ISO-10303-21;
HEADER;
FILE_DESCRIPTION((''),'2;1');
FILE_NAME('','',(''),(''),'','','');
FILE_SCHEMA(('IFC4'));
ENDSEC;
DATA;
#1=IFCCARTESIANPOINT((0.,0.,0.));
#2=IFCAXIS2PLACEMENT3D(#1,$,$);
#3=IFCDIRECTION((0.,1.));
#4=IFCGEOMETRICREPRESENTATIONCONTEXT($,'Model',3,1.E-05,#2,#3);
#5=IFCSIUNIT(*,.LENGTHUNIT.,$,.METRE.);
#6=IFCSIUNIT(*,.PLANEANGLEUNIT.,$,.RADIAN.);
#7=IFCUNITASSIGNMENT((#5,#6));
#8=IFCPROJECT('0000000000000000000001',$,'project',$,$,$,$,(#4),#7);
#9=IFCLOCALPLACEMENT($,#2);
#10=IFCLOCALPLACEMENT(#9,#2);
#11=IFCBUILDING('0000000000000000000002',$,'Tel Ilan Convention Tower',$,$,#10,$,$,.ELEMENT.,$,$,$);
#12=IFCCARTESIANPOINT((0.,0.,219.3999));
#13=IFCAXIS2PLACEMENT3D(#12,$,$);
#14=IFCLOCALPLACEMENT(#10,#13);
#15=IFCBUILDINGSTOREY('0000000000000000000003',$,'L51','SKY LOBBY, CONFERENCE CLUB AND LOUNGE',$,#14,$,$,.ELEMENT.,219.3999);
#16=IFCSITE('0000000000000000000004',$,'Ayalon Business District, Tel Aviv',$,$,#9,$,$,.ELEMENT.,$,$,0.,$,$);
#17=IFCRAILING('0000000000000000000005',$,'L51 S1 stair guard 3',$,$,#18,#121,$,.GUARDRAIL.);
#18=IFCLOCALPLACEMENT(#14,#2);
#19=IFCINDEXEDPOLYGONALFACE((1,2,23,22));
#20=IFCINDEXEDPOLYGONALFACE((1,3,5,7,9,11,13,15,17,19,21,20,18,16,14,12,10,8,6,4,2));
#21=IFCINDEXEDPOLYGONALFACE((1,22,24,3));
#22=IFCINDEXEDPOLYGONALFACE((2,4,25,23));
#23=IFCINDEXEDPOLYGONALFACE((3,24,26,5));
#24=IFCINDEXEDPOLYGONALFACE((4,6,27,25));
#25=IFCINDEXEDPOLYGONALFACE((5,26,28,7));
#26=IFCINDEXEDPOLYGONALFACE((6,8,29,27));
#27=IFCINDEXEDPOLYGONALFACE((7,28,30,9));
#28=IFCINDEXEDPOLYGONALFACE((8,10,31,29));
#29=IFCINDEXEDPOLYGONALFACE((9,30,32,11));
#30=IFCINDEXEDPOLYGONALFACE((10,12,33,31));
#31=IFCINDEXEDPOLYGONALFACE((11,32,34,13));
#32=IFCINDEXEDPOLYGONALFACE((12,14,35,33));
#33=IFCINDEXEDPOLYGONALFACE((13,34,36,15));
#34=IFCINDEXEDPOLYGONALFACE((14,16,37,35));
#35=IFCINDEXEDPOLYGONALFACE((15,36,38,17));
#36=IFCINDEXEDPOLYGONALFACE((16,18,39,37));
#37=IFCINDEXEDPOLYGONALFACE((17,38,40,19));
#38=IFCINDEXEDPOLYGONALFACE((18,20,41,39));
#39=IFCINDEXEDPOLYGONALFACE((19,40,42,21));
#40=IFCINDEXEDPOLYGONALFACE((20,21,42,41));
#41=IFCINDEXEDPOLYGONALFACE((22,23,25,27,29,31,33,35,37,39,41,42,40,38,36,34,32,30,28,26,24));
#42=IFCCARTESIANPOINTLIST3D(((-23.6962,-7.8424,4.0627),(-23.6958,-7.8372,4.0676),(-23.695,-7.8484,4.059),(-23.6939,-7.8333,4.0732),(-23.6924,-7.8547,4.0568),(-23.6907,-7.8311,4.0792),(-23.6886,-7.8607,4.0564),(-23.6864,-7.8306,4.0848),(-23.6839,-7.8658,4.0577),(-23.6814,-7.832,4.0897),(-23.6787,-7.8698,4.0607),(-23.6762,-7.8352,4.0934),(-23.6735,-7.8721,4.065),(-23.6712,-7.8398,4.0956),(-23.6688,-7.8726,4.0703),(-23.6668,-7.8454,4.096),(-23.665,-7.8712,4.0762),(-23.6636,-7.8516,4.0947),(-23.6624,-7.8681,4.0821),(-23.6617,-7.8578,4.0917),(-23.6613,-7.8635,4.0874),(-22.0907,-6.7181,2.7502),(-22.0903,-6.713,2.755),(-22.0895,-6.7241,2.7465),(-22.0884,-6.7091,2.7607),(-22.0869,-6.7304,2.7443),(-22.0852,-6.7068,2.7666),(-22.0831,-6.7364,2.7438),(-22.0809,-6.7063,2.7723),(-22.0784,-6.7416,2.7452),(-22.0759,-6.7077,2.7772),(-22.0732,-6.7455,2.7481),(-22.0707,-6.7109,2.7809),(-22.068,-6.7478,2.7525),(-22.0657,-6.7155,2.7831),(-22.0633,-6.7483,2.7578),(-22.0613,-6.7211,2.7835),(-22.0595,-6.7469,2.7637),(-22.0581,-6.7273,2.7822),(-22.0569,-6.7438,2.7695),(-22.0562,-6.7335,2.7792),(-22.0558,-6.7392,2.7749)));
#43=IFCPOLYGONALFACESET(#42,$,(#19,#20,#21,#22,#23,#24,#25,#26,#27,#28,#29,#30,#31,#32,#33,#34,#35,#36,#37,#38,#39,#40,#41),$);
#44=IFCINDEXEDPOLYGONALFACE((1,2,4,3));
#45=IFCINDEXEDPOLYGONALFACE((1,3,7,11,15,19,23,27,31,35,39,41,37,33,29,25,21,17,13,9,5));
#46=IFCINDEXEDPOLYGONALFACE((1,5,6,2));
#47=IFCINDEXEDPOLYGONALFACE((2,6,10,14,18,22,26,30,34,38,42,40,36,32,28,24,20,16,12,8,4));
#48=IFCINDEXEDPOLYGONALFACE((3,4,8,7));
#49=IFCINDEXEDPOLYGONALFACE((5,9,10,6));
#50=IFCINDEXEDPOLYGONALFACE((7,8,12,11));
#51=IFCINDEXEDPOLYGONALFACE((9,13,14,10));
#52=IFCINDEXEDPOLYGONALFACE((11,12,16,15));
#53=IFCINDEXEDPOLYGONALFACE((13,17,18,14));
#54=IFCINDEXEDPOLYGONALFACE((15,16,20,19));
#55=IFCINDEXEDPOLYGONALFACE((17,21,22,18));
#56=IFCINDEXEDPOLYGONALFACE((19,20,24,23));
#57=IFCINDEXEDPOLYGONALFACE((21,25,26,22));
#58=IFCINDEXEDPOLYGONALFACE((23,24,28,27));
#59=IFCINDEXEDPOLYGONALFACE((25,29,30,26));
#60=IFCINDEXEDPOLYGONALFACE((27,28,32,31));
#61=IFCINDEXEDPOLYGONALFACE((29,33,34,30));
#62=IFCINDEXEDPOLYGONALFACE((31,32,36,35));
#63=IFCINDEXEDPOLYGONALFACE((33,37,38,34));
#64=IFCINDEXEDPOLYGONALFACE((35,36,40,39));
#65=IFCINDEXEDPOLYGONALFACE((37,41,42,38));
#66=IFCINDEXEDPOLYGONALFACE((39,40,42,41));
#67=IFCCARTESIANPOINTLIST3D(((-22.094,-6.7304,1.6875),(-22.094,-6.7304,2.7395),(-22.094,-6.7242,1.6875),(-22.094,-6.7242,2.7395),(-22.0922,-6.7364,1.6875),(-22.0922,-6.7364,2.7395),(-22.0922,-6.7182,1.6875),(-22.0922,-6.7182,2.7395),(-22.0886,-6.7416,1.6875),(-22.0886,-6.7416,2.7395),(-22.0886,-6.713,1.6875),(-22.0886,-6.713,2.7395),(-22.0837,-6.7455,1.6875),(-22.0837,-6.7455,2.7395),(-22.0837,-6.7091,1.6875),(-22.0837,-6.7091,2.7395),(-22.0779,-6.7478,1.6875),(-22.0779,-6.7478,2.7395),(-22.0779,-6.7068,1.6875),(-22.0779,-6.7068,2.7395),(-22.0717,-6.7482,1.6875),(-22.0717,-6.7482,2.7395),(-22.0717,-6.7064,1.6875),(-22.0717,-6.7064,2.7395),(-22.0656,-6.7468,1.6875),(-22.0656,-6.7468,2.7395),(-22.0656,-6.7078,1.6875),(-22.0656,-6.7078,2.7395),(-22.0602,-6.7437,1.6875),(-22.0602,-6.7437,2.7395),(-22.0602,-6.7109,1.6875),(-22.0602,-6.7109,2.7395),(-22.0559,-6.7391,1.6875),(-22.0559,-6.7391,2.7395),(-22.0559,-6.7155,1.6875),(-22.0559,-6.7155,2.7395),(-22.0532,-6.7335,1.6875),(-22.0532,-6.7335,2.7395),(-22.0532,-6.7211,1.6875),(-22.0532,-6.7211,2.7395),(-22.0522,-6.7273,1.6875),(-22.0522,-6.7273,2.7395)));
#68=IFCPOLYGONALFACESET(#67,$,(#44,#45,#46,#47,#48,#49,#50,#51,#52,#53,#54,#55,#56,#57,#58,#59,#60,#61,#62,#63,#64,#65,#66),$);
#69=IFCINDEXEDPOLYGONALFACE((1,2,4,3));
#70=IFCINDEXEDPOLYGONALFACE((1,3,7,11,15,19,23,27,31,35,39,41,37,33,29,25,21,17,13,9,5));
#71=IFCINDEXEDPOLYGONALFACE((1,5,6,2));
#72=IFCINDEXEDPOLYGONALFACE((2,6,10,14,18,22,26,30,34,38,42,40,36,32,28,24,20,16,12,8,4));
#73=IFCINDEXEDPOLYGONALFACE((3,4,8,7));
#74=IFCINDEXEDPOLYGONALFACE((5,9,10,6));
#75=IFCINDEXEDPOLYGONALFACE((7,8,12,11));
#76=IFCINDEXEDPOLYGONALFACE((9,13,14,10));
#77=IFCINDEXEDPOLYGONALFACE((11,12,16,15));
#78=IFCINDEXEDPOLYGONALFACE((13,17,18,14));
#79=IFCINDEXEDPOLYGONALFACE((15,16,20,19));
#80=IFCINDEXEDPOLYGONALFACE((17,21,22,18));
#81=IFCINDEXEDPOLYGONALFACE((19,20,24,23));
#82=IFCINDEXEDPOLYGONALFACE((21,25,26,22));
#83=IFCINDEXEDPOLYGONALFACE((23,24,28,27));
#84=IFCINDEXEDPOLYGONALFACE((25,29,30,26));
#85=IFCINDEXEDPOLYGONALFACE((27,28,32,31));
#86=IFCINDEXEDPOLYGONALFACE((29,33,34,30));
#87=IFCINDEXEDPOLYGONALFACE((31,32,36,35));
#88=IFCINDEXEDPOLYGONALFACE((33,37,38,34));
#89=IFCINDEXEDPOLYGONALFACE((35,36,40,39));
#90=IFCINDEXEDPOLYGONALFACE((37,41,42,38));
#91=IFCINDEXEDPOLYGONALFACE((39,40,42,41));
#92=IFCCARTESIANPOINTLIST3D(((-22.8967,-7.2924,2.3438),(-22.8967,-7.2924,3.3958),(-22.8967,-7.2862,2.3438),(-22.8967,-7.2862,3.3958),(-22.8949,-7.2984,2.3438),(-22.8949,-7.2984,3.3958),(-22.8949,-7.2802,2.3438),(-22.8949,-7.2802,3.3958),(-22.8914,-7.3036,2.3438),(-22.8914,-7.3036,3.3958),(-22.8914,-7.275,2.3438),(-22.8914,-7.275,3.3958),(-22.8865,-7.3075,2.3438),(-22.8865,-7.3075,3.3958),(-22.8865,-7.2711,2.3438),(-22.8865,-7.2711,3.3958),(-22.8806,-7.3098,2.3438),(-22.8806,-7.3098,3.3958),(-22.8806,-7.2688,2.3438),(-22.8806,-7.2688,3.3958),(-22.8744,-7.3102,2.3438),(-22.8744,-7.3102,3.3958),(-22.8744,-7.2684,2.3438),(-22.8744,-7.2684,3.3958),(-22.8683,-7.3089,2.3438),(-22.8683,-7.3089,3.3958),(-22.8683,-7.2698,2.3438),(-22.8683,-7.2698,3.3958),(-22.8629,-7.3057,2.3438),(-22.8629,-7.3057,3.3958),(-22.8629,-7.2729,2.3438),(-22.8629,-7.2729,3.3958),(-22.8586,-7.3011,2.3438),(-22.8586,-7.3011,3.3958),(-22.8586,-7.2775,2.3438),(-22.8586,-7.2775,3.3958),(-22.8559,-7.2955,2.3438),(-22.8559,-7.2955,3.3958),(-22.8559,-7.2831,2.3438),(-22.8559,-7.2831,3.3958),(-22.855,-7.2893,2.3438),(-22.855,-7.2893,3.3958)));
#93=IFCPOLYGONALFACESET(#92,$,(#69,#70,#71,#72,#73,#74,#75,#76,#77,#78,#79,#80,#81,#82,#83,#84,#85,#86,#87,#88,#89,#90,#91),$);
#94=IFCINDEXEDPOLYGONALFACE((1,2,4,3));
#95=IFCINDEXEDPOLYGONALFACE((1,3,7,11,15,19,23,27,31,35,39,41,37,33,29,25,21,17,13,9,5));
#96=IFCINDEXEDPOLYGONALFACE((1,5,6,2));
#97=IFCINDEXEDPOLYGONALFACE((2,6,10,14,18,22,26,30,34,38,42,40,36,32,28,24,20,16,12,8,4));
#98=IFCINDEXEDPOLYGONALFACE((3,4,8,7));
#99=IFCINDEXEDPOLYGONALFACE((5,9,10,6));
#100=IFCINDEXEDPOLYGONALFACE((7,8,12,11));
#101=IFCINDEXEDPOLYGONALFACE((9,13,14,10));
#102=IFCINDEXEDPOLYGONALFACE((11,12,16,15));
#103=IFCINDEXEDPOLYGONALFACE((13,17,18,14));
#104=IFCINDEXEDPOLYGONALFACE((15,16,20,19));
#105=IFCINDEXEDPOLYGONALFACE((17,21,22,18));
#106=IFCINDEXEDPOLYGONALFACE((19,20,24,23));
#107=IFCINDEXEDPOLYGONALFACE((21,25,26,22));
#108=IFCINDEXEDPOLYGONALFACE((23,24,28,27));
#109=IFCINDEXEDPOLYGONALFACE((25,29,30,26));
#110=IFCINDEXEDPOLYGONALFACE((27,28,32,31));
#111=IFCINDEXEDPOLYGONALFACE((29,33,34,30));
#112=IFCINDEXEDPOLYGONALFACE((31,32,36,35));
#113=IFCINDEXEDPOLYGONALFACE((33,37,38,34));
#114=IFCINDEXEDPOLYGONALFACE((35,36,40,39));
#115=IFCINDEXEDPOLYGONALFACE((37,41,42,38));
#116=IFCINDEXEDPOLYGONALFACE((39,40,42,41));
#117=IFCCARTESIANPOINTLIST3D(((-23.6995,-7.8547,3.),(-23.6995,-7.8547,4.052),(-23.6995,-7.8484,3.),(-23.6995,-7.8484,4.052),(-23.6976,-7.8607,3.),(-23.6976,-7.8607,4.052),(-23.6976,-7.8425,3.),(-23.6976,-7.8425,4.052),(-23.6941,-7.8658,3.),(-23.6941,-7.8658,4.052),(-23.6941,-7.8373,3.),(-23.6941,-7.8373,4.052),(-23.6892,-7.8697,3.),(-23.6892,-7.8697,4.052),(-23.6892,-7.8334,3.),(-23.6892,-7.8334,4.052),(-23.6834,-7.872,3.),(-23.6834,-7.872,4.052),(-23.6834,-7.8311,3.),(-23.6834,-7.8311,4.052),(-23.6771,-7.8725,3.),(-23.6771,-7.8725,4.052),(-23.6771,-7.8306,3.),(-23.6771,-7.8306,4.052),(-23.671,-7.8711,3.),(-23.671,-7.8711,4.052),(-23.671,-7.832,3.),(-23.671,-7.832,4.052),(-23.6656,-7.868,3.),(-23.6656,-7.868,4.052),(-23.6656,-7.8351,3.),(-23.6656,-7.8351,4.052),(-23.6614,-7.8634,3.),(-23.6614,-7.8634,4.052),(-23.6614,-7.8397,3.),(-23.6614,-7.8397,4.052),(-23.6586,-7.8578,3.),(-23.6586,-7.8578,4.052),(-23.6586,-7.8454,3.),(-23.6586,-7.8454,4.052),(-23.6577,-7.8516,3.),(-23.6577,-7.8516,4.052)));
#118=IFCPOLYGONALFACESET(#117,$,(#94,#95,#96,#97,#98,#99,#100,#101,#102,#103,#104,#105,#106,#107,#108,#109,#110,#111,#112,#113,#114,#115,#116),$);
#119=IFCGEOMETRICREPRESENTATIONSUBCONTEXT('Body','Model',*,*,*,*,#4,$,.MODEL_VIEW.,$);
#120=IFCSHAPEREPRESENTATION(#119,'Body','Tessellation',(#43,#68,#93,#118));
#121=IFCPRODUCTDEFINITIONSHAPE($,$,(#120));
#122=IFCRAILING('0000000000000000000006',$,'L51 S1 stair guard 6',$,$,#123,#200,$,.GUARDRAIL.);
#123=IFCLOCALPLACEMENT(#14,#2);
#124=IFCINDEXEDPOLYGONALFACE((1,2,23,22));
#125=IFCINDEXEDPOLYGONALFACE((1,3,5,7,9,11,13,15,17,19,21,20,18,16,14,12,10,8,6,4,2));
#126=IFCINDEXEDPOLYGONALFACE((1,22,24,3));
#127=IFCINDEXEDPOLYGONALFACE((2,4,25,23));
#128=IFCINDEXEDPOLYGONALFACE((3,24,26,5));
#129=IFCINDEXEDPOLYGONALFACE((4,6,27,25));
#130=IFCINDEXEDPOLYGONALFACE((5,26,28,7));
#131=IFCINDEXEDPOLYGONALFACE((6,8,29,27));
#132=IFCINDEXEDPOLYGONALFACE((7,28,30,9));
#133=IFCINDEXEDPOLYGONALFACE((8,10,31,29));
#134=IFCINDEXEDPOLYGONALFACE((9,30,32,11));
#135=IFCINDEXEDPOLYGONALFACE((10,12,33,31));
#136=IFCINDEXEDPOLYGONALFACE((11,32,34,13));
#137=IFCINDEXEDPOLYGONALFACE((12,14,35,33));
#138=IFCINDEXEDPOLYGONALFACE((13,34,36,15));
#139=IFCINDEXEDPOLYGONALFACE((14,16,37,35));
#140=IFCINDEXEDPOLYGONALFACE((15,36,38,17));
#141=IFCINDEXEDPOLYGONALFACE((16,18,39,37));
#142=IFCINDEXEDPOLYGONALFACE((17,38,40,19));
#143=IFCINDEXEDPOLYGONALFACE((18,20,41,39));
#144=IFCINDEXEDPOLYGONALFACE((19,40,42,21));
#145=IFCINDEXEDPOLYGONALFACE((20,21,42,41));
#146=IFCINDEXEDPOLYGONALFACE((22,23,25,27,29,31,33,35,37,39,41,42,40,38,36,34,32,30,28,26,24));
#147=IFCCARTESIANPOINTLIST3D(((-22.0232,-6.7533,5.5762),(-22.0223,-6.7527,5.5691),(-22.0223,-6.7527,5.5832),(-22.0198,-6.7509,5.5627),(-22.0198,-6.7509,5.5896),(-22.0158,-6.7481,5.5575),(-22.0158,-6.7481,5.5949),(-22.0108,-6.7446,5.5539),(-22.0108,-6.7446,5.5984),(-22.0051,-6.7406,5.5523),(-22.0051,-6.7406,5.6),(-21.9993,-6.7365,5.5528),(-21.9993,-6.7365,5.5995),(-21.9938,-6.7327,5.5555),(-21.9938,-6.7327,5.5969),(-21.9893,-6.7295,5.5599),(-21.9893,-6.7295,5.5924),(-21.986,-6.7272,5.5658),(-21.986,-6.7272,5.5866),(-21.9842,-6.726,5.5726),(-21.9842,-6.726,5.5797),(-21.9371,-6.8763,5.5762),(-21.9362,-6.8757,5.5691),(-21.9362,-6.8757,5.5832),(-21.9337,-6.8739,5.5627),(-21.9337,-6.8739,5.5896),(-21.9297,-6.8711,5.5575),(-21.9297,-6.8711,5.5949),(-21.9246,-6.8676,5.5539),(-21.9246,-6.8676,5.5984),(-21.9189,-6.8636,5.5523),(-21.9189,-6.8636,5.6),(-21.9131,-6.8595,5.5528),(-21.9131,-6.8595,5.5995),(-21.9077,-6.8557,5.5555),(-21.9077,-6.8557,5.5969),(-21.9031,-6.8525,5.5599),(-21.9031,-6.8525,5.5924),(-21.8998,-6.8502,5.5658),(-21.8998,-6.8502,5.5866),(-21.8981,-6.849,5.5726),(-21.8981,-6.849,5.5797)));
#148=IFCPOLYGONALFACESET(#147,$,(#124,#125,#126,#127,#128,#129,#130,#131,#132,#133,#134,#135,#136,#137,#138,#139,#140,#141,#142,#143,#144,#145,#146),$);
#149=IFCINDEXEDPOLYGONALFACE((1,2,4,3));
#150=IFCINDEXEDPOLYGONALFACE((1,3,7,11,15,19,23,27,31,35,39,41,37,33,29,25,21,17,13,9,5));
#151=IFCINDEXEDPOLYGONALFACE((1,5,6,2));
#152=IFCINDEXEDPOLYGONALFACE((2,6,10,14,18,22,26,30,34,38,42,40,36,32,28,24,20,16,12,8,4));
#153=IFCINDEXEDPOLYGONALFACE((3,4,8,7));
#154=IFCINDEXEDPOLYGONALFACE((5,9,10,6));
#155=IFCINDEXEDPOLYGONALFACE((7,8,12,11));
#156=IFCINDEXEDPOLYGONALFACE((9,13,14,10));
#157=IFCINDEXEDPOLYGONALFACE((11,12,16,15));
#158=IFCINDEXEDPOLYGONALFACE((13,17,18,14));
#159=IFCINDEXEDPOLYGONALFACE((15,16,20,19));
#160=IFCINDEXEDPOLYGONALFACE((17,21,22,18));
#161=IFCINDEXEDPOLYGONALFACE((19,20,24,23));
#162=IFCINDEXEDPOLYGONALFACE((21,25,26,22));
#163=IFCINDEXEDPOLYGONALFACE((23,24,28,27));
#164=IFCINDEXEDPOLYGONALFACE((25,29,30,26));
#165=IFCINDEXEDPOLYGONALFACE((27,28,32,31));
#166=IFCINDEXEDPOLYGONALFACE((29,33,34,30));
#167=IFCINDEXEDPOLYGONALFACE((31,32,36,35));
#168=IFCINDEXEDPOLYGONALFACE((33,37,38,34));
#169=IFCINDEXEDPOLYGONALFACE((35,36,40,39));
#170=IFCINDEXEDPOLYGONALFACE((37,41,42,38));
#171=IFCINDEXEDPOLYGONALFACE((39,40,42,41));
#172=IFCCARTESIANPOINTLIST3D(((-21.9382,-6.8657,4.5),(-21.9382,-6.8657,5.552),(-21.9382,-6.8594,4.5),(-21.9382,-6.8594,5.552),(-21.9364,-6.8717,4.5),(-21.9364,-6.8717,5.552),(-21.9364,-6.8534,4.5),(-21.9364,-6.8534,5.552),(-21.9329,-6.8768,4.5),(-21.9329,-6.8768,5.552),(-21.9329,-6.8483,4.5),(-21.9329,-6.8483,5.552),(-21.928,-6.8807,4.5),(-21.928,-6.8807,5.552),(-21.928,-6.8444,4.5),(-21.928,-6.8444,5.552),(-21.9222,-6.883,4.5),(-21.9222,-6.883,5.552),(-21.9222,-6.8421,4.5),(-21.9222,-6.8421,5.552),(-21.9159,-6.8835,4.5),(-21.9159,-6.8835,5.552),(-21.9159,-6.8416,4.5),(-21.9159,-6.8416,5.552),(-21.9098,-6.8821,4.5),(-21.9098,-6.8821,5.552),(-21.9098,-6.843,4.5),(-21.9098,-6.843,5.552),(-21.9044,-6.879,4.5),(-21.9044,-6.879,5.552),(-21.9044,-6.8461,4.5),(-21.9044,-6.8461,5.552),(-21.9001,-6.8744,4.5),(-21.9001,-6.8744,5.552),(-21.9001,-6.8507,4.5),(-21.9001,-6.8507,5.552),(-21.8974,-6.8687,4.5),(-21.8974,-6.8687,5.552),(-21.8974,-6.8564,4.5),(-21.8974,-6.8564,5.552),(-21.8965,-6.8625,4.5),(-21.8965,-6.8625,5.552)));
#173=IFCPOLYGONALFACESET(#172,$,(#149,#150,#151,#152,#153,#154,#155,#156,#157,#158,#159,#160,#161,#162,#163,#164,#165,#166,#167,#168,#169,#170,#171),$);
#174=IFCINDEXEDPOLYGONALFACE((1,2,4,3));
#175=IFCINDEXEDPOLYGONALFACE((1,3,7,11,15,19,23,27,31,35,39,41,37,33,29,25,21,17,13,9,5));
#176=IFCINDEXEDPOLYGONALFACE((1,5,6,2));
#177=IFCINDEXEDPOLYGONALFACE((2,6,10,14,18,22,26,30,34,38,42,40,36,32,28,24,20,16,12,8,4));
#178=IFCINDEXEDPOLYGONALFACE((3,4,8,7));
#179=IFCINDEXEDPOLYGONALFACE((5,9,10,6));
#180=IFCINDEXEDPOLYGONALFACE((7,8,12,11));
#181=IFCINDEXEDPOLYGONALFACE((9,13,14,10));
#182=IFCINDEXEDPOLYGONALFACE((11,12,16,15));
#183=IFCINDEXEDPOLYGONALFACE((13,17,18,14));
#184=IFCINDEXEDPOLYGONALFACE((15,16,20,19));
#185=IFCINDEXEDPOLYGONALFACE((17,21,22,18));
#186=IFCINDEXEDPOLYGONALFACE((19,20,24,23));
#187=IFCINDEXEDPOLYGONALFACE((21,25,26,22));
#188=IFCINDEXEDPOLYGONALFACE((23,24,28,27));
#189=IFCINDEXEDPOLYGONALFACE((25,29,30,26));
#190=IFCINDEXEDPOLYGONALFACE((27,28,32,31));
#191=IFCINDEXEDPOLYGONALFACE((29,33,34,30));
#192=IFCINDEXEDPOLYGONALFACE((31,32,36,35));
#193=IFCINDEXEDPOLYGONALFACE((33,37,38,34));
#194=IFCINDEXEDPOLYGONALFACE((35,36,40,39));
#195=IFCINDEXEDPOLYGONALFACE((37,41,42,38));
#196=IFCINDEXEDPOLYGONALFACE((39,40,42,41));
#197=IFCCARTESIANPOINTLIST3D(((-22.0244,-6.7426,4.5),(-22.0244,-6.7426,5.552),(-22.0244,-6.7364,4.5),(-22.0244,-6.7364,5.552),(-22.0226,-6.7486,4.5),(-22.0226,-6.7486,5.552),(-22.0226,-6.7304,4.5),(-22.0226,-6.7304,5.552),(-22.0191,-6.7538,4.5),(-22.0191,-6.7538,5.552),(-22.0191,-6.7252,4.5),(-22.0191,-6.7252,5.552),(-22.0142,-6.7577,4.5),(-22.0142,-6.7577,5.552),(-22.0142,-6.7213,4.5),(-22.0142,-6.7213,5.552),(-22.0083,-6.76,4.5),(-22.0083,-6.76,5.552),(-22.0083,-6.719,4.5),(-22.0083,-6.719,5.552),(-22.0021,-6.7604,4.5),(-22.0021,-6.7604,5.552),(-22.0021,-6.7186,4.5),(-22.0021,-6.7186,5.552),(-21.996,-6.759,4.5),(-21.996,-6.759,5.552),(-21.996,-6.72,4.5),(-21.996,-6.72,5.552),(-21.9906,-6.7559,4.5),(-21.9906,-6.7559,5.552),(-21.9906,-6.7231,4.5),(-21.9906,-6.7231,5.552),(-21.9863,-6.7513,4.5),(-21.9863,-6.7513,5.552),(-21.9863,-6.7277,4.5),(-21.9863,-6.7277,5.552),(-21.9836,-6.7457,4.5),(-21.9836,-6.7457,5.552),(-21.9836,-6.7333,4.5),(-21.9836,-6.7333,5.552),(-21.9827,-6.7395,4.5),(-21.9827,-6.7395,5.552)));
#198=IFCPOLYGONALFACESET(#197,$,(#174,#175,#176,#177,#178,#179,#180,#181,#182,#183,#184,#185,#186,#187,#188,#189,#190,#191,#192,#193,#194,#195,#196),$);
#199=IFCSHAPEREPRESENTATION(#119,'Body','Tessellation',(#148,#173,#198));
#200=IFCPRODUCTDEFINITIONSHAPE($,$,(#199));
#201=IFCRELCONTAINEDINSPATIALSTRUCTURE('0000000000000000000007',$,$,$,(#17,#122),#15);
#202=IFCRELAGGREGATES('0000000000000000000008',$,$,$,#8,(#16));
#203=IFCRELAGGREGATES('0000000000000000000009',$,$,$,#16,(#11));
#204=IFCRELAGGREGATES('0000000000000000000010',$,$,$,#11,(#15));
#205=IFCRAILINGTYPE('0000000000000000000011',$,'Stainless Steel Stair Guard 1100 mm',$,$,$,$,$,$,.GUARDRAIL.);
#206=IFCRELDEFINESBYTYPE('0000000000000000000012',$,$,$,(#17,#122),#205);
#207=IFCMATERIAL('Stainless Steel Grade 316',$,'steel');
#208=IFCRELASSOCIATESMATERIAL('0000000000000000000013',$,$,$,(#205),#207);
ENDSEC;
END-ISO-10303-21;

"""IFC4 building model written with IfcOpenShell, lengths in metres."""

from ifc_helpers import new_model, si_unit, direction, frame, origin, origin_2d, place, context, subcontext, project, spatial, circle, extrude, material, type_object, element, save


model = new_model("IFC4")

# Units and contexts
model_context = context("Model", 3, precision=1e-05, world=origin(), true_north=direction((0.0, 1.0)))
body_context = subcontext(model_context, "Body", "Model", "MODEL_VIEW")
ifc_project = project(units=[si_unit("LENGTHUNIT", "METRE"), si_unit("PLANEANGLEUNIT", "RADIAN")], contexts=[model_context])

# Site, building, storey
site_placement = place(None, origin())
site = spatial("IfcSite", under=ifc_project, at=site_placement, Name="Ayalon Business District, Tel Aviv", CompositionType="ELEMENT", RefElevation=0.0)
building_placement = place(site_placement, origin())
building = spatial("IfcBuilding", under=site, at=building_placement, Name="Tel Ilan Convention Tower", CompositionType="ELEMENT")
storey_placement = place(building_placement, frame((0.0, 0.0, 219.3999)))
storey = spatial("IfcBuildingStorey", under=building, at=storey_placement, Name="L51", Description="SKY LOBBY, CONFERENCE CLUB AND LOUNGE", CompositionType="ELEMENT", Elevation=219.3999)

# Railings
ifc_material_1 = material(Name="Stainless Steel Grade 316", Category="steel")
railing_type_1 = type_object("IfcRailingType", Name="Stainless Steel Stair Guard 1100 mm", PredefinedType="GUARDRAIL", material=ifc_material_1)
railing_1_placement = place(storey_placement, frame((-22.0732, -6.7273, 1.6875)))
element("IfcRailing", 1, at=railing_1_placement, inside=storey, type_object=railing_type_1, Name="L51 S1 stair guard 3", PredefinedType="GUARDRAIL", context=body_context, shape_type="SweptSolid", body=[
    extrude(circle(Radius=0.0239, at=origin_2d()), frame((0.0, 0.0, 1.0762), z_axis=(-0.680616, -0.476617, 0.556416), x_axis=(0.573613, -0.819127, 0.0)), (0.0, 0.0, 1.0), 2.3589),
    extrude(circle(Radius=0.021, at=origin_2d()), origin(), (0.0, 0.0, 1.0), 1.052),
    extrude(circle(Radius=0.021, at=origin_2d()), frame((-0.8027, -0.562, 0.6562)), (0.0, 0.0, 1.0), 1.052),
    extrude(circle(Radius=0.021, at=origin_2d()), frame((-1.6055, -1.1243, 1.3125)), (0.0, 0.0, 1.0), 1.052),
])
railing_2_placement = place(storey_placement, frame((-21.9175, -6.8625, 4.5)))
element("IfcRailing", 2, at=railing_2_placement, inside=storey, type_object=railing_type_1, Name="L51 S1 stair guard 6", PredefinedType="GUARDRAIL", context=body_context, shape_type="SweptSolid", body=[
    extrude(circle(Radius=0.0239, at=origin_2d()), frame((0.0, 0.0, 1.0762), z_axis=(-0.57368, 0.819079, 0.0), x_axis=(-0.819079, -0.57368, 0.0)), (0.0, 0.0, 1.0), 0.1501),
    extrude(circle(Radius=0.021, at=origin_2d()), origin(), (0.0, 0.0, 1.0), 1.052),
    extrude(circle(Radius=0.021, at=origin_2d()), frame((-0.0862, 0.123, 0.0)), (0.0, 0.0, 1.0), 1.052),
])

save(model, "model.ifc")
